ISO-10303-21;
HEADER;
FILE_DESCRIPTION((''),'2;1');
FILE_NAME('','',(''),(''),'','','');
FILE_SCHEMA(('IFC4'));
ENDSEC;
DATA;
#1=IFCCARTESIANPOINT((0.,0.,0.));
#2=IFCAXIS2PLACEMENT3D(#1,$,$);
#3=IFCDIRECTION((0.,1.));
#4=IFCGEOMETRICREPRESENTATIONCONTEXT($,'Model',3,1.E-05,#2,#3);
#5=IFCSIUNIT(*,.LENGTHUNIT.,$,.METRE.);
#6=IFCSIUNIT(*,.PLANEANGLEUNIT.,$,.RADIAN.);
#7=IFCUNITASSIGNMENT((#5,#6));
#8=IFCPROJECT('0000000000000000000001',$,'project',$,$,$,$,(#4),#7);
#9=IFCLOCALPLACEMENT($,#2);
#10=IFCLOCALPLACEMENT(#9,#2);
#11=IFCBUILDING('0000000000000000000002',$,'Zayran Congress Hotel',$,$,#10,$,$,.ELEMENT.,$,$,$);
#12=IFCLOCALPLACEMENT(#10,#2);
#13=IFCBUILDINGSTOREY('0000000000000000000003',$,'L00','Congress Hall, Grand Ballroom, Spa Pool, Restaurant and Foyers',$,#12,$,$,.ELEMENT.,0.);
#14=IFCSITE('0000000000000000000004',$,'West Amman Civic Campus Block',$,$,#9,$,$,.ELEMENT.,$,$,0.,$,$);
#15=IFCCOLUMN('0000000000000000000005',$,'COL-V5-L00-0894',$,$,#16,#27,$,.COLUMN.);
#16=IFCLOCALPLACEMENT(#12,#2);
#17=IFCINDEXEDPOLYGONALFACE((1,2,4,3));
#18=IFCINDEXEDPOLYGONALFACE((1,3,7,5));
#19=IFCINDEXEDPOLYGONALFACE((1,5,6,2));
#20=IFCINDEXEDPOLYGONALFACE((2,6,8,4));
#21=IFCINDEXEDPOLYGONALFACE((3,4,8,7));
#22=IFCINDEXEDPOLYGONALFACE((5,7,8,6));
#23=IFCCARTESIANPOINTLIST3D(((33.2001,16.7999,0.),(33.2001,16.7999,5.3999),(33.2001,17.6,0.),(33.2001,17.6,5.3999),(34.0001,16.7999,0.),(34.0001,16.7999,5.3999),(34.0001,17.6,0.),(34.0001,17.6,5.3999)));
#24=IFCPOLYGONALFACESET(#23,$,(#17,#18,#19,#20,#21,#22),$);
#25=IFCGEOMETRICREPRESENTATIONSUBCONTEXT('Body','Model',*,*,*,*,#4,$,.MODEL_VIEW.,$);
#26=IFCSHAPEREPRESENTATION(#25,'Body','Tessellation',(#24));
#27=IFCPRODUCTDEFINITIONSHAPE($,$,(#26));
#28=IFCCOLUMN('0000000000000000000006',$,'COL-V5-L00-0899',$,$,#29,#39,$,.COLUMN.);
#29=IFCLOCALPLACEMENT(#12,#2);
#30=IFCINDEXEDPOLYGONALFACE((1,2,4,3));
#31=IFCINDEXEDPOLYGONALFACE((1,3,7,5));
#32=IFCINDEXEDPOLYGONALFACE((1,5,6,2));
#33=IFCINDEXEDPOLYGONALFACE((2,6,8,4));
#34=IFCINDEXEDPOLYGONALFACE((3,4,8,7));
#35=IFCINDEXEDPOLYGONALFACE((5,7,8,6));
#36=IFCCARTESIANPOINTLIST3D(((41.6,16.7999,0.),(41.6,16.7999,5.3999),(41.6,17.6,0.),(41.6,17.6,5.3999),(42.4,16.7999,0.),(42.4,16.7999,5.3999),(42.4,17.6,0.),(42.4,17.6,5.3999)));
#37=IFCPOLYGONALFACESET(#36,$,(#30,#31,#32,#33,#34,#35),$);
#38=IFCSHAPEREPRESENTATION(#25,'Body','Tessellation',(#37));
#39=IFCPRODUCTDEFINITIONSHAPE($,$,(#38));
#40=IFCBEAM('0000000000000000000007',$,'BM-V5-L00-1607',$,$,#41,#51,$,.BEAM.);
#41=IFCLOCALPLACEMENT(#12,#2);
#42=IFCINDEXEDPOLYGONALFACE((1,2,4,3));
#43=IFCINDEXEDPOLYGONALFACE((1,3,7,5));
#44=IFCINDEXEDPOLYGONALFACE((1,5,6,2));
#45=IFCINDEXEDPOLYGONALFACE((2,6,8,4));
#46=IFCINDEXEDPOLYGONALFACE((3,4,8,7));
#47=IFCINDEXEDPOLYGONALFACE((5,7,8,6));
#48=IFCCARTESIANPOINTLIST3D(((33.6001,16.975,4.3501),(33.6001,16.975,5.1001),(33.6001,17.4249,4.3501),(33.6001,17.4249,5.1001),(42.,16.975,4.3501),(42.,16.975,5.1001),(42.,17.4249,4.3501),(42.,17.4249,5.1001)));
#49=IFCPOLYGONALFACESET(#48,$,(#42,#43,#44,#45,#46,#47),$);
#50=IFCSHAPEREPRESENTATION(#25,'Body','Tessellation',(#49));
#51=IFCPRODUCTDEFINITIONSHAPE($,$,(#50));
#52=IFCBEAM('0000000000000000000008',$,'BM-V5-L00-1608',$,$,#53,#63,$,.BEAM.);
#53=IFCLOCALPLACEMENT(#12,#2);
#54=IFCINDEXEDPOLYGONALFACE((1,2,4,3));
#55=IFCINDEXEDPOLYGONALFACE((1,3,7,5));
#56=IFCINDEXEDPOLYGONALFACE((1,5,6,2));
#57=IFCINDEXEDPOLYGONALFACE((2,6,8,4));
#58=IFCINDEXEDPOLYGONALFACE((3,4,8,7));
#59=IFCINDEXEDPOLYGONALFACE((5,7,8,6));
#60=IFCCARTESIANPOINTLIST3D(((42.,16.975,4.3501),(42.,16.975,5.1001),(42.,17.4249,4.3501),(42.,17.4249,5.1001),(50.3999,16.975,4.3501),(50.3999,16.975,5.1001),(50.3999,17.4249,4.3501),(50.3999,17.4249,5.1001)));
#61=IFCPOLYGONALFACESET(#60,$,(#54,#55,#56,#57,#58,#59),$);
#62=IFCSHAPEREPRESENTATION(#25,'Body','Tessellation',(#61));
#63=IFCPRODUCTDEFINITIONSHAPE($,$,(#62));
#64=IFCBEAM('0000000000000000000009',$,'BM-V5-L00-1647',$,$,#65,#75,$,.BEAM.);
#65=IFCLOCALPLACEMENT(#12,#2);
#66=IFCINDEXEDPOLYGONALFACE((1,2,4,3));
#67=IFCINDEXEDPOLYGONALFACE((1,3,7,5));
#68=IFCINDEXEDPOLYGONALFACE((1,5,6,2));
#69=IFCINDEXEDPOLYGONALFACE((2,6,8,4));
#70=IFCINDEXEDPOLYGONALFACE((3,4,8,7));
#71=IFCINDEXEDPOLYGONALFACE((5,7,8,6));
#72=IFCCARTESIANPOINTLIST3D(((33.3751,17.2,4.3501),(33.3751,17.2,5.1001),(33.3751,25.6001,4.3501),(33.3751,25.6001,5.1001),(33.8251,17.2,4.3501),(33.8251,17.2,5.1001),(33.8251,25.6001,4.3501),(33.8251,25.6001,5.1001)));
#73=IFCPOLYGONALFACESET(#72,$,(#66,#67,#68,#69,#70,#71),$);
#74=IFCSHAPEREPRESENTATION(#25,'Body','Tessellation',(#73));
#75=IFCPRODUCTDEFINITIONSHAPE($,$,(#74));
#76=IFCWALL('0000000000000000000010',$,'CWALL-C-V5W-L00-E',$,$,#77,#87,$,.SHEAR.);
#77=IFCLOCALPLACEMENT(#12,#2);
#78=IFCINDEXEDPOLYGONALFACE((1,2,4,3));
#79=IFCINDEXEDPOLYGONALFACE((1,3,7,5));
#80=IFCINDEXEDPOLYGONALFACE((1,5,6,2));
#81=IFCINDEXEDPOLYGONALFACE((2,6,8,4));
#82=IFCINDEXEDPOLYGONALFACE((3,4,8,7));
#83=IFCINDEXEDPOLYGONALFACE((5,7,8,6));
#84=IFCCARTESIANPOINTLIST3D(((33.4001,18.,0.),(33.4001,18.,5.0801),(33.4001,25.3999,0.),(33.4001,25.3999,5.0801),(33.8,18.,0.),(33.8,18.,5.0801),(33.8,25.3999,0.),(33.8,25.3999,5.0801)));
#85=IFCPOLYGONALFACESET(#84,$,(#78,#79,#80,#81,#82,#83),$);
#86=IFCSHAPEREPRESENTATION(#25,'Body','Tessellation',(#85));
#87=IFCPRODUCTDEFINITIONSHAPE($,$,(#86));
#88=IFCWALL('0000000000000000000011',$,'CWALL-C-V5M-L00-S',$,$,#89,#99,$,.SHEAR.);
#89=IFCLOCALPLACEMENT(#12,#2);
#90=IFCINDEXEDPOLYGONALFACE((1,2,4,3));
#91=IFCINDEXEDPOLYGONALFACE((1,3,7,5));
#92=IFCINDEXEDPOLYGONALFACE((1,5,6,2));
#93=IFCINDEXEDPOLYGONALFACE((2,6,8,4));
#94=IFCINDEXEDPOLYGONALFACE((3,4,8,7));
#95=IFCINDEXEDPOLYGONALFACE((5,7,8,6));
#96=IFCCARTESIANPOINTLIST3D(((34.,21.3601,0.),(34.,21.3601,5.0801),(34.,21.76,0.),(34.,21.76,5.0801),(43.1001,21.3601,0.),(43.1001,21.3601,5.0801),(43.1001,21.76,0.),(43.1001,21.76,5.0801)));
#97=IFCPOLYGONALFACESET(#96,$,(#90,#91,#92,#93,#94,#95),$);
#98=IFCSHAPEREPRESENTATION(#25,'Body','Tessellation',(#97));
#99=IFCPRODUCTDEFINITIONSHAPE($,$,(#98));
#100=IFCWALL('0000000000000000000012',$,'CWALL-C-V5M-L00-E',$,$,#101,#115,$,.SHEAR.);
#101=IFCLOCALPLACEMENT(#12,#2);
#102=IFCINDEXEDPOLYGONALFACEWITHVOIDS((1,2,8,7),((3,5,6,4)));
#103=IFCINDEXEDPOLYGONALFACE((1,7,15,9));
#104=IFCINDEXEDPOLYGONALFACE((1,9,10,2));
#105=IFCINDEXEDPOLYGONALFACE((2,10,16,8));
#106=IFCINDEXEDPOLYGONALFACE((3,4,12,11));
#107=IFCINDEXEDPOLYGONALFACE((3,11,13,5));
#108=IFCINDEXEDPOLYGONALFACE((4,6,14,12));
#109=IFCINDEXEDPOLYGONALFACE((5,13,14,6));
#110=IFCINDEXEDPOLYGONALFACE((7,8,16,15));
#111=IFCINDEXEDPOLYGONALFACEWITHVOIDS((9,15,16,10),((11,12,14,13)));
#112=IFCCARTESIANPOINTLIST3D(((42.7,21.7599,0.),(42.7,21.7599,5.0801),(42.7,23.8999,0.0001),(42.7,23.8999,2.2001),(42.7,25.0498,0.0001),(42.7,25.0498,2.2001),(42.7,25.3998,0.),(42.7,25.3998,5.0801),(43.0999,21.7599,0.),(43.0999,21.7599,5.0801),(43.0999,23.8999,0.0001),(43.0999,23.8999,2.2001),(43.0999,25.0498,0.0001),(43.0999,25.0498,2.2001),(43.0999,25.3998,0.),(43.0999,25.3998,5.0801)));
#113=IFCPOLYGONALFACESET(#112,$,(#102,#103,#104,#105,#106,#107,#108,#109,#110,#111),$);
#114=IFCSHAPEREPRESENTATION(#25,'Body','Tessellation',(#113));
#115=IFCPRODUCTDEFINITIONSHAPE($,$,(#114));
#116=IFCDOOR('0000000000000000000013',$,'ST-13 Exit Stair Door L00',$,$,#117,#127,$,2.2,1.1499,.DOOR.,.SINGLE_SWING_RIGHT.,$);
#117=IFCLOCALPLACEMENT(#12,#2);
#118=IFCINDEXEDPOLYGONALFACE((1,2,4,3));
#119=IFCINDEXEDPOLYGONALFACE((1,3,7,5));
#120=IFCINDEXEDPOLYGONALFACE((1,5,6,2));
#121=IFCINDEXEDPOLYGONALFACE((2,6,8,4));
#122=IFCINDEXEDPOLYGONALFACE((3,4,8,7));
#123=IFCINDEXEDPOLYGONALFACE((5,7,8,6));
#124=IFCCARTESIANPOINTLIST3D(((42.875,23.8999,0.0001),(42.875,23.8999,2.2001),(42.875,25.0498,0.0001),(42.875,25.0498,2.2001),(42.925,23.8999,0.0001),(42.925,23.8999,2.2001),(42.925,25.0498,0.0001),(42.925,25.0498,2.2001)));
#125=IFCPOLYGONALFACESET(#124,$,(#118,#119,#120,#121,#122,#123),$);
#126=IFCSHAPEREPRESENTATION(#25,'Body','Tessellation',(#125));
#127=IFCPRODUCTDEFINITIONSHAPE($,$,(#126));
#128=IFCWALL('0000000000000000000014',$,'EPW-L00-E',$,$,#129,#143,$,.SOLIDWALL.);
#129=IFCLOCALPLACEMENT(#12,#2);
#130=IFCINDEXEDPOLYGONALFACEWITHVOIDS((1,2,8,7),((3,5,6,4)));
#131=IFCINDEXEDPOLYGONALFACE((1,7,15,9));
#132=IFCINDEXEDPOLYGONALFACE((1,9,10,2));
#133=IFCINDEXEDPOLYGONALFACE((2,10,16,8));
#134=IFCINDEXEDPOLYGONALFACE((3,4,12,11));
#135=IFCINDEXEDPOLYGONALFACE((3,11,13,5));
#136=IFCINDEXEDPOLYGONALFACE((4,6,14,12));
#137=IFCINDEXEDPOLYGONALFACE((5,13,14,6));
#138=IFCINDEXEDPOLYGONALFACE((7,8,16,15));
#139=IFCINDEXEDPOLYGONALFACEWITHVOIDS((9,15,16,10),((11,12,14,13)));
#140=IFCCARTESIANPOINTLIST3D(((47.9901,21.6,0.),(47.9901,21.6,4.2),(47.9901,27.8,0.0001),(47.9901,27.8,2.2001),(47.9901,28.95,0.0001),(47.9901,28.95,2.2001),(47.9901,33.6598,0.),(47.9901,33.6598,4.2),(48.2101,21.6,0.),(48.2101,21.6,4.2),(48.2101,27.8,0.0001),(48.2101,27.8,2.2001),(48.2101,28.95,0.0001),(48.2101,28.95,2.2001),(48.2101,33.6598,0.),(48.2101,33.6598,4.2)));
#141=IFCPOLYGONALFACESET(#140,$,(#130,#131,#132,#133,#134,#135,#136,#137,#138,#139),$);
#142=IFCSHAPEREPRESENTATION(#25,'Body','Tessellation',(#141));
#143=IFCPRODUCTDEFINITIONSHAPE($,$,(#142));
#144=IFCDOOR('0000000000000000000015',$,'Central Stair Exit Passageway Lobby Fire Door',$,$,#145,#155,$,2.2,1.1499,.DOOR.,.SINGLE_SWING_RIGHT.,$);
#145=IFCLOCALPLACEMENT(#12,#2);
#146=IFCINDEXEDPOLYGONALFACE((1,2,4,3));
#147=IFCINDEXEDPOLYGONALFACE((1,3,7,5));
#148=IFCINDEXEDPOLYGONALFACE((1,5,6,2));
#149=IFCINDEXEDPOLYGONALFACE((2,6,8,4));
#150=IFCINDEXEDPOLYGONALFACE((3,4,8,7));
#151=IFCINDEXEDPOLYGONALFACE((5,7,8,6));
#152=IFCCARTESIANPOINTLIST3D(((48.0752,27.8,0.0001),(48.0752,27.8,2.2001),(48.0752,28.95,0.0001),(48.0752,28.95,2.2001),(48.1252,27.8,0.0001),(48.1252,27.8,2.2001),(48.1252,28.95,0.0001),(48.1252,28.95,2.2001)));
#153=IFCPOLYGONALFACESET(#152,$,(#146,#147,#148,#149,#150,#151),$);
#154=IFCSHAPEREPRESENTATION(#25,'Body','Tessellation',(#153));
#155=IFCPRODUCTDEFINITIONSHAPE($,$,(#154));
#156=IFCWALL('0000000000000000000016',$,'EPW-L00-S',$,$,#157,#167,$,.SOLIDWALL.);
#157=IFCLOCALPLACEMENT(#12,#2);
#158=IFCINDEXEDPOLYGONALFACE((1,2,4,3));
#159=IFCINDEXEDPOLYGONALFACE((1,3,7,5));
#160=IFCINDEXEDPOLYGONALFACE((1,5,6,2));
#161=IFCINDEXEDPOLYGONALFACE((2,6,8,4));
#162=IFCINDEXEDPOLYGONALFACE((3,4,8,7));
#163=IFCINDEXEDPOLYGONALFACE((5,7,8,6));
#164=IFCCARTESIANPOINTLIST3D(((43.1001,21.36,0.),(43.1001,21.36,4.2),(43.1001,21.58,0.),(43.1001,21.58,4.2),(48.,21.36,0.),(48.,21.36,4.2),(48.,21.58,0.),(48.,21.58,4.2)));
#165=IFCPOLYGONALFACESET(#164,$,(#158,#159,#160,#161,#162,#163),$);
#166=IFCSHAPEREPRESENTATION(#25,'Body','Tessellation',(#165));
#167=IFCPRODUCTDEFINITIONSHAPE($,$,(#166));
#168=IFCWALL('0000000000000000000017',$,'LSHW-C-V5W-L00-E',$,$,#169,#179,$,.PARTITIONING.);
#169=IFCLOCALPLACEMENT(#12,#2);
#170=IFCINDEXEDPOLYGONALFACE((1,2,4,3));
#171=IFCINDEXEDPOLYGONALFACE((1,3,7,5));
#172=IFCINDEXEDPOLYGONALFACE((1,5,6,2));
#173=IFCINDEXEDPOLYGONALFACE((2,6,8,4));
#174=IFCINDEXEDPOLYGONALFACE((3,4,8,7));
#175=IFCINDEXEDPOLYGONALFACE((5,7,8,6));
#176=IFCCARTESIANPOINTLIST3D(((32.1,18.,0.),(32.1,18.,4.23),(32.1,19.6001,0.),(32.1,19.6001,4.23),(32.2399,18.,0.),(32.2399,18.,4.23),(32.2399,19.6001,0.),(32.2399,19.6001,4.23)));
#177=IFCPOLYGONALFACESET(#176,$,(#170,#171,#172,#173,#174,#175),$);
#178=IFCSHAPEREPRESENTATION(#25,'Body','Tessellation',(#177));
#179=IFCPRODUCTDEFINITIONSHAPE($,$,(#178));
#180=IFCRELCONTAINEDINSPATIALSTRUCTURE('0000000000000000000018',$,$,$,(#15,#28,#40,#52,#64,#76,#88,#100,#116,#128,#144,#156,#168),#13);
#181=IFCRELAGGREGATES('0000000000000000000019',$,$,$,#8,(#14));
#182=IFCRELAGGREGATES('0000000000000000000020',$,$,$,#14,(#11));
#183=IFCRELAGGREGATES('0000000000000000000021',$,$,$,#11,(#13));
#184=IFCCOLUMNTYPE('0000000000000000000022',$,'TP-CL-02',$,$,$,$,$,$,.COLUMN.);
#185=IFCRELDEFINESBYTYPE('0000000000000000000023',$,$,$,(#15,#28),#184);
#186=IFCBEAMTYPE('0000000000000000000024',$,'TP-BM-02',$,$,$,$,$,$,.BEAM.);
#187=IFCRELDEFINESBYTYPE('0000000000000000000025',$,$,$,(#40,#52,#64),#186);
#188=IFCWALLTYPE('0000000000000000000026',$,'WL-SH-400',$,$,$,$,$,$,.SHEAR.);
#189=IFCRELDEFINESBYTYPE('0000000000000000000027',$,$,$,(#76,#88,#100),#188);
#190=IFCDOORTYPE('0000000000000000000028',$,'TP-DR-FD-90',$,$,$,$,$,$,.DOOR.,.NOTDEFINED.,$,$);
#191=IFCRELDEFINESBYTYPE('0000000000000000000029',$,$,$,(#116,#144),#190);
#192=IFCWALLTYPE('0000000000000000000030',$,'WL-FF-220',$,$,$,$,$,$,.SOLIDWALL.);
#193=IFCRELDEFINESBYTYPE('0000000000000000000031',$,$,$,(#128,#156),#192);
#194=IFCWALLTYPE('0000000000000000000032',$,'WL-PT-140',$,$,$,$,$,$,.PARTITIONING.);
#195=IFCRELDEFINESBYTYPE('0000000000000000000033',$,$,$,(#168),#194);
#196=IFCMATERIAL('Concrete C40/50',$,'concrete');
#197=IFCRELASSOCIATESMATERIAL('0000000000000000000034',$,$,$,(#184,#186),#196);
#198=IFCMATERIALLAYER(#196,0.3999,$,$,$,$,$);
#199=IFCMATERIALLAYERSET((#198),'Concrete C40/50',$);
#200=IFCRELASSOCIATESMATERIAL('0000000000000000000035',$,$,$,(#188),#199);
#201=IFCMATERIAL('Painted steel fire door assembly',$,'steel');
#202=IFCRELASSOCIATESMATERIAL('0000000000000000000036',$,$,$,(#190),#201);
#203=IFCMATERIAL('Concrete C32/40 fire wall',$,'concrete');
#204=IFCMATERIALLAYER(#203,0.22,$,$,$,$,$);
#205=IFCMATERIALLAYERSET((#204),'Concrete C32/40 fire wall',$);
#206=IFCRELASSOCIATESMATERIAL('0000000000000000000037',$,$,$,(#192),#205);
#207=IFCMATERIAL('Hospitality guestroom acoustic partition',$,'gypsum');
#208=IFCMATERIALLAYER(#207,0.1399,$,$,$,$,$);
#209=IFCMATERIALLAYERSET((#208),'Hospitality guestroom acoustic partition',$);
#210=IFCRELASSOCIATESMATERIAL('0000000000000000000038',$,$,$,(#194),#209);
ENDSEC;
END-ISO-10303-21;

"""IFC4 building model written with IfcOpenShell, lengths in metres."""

from ifc_helpers import new_model, si_unit, direction, frame, frame_2d, origin, origin_2d, place, context, subcontext, project, spatial, rectangle, extrude, material, layer, layer_set, material_profile, profile_set, type_object, element, fill, save


model = new_model("IFC4")

# Units and contexts
model_context = context("Model", 3, precision=1e-05, world=origin(), true_north=direction((0.0, 1.0)))
body_context = subcontext(model_context, "Body", "Model", "MODEL_VIEW")
ifc_project = project(units=[si_unit("LENGTHUNIT", "METRE"), si_unit("PLANEANGLEUNIT", "RADIAN")], contexts=[model_context])

# Site, building, storey
site_placement = place(None, origin())
site = spatial("IfcSite", under=ifc_project, at=site_placement, Name="West Amman Civic Campus Block", CompositionType="ELEMENT", RefElevation=0.0)
building_placement = place(site_placement, origin())
building = spatial("IfcBuilding", under=site, at=building_placement, Name="Zayran Congress Hotel", CompositionType="ELEMENT")
storey_placement = place(building_placement, origin())
storey = spatial("IfcBuildingStorey", under=building, at=storey_placement, Name="L00", Description="Congress Hall, Grand Ballroom, Spa Pool, Restaurant and Foyers", CompositionType="ELEMENT", Elevation=0.0)

# Columns
ifc_material_1 = material(Name="Concrete C40/50", Category="concrete")
ifc_material_profile_1 = material_profile(ifc_material_1, rectangle(XDim=0.8, YDim=0.8, at=origin_2d()), Name="RC 800x800")
ifc_profile_set_1 = profile_set([ifc_material_profile_1], Name="Concrete C40/50")
column_type = type_object("IfcColumnType", Name="TP-CL-02", PredefinedType="COLUMN", material=ifc_profile_set_1)
for number, where, z_axis, x_axis, name in (
    (1, (33.6001, 17.2, 0.0), (0.0, 0.0, 1.0), (1.0, 0.0, 0.0), "COL-V5-L00-0894"),
    (2, (42.0, 17.2, 0.0), (0.0, 0.0, 1.0), (1.0, 0.0, 0.0), "COL-V5-L00-0899"),
):
    element("IfcColumn", number, at=place(storey_placement, frame(where, z_axis=z_axis, x_axis=x_axis)), inside=storey, type_object=column_type, Name=name, PredefinedType="COLUMN", context=body_context, shape_type="SweptSolid", body=[
        extrude(rectangle(XDim=0.8, YDim=0.8, at=origin_2d()), origin(), (0.0, 0.0, 1.0), 5.3999),
    ])

# Beams
ifc_material_profile_2 = material_profile(ifc_material_1, rectangle(XDim=0.45, YDim=0.75, at=origin_2d()), Name="RC 450x750")
ifc_profile_set_2 = profile_set([ifc_material_profile_2], Name="Concrete C40/50")
beam_type = type_object("IfcBeamType", Name="TP-BM-02", PredefinedType="BEAM", material=ifc_profile_set_2)
for number, where, z_axis, x_axis, name in (
    (3, (33.6001, 17.2, 4.7251), (1.0, 0.0, 0.0), (0.0, 1.0, 0.0), "BM-V5-L00-1607"),
    (4, (42.0, 17.2, 4.7251), (1.0, 0.0, 0.0), (0.0, 1.0, 0.0), "BM-V5-L00-1608"),
):
    element("IfcBeam", number, at=place(storey_placement, frame(where, z_axis=z_axis, x_axis=x_axis)), inside=storey, type_object=beam_type, Name=name, PredefinedType="BEAM", context=body_context, shape_type="SweptSolid", body=[
        extrude(rectangle(XDim=0.45, YDim=0.75, at=origin_2d()), origin(), (0.0, 0.0, 1.0), 8.3999),
    ])
beam_placement = place(storey_placement, frame((33.6001, 17.2, 4.7251), z_axis=(0.0, 1.0, 0.0), x_axis=(-1.0, 0.0, 0.0)))
element("IfcBeam", 5, at=beam_placement, inside=storey, type_object=beam_type, Name="BM-V5-L00-1647", PredefinedType="BEAM", context=body_context, shape_type="SweptSolid", body=[
    extrude(rectangle(XDim=0.45, YDim=0.75, at=origin_2d()), origin(), (0.0, 0.0, 1.0), 8.4001),
])

# Walls
ifc_layer_1 = layer(ifc_material_1, 0.3999)
ifc_layer_set_1 = layer_set([ifc_layer_1], Name="Concrete C40/50")
wall_type_1 = type_object("IfcWallType", Name="WL-SH-400", PredefinedType="SHEAR", material=ifc_layer_set_1)
wall_1_placement = place(storey_placement, frame((33.6001, 18.0, 0.0), z_axis=(0.0, 0.0, 1.0), x_axis=(0.0, 1.0, 0.0)))
element("IfcWall", 6, at=wall_1_placement, inside=storey, type_object=wall_type_1, Name="CWALL-C-V5W-L00-E", PredefinedType="SHEAR", context=body_context, shape_type="SweptSolid", body=[
    extrude(rectangle(XDim=7.3999, YDim=0.3999, at=frame_2d((3.7, 0.0))), origin(), (0.0, 0.0, 1.0), 5.0801),
])
wall_2_placement = place(storey_placement, frame((34.0, 21.5601, 0.0), z_axis=(0.0, 0.0, 1.0), x_axis=(1.0, 0.0, 0.0)))
element("IfcWall", 7, at=wall_2_placement, inside=storey, type_object=wall_type_1, Name="CWALL-C-V5M-L00-S", PredefinedType="SHEAR", context=body_context, shape_type="SweptSolid", body=[
    extrude(rectangle(XDim=9.1001, YDim=0.3999, at=frame_2d((4.55, 0.0))), origin(), (0.0, 0.0, 1.0), 5.0801),
])

# Walls, openings, doors
wall_3_placement = place(storey_placement, frame((42.8999, 21.76, 0.0), z_axis=(0.0, 0.0, 1.0), x_axis=(0.0, 1.0, 0.0)))
wall_3 = element("IfcWall", 8, at=wall_3_placement, inside=storey, type_object=wall_type_1, Name="CWALL-C-V5M-L00-E", PredefinedType="SHEAR", context=body_context, shape_type="SweptSolid", body=[
    extrude(rectangle(XDim=3.6399, YDim=0.3999, at=frame_2d((1.8198, 0.0))), origin(), (0.0, 0.0, 1.0), 5.0801),
])
opening_1_placement = place(wall_3_placement, frame((2.1399, 0.0, 0.0)))
opening_1 = element("IfcOpeningElement", 9, at=opening_1_placement, cuts=wall_3, PredefinedType="OPENING", context=body_context, shape_type="SweptSolid", body=[
    extrude(rectangle(XDim=1.1499, YDim=2.2, at=frame_2d((0.575, 1.1001))), frame((0.0, 0.21, 0.0), z_axis=(0.0, -1.0, 0.0), x_axis=(1.0, 0.0, 0.0)), (0.0, 0.0, 1.0), 0.4199),
])
ifc_material_2 = material(Name="Painted steel fire door assembly", Category="steel")
door_type = type_object("IfcDoorType", Name="TP-DR-FD-90", OperationType="NOTDEFINED", PredefinedType="DOOR", material=ifc_material_2)
door_1_placement = place(opening_1_placement, origin())
door_1 = element("IfcDoor", 10, at=door_1_placement, inside=storey, type_object=door_type, Name="ST-13 Exit Stair Door L00", OperationType="SINGLE_SWING_RIGHT", OverallHeight=2.2, OverallWidth=1.1499, PredefinedType="DOOR", context=body_context, shape_type="SweptSolid", body=[
    extrude(rectangle(XDim=1.1499, YDim=2.2, at=frame_2d((0.575, 1.1001))), frame((0.0, 0.0249, 0.0), z_axis=(0.0, -1.0, 0.0), x_axis=(1.0, 0.0, 0.0)), (0.0, 0.0, 1.0), 0.05),
])
fill(opening_1, door_1)
ifc_material_3 = material(Name="Concrete C32/40 fire wall", Category="concrete")
ifc_layer_2 = layer(ifc_material_3, 0.22)
ifc_layer_set_2 = layer_set([ifc_layer_2], Name="Concrete C32/40 fire wall")
wall_type_2 = type_object("IfcWallType", Name="WL-FF-220", PredefinedType="SOLIDWALL", material=ifc_layer_set_2)
wall_4_placement = place(storey_placement, frame((48.1001, 21.6001, 0.0), z_axis=(0.0, 0.0, 1.0), x_axis=(0.0, 1.0, 0.0)))
wall_4 = element("IfcWall", 11, at=wall_4_placement, inside=storey, type_object=wall_type_2, Name="EPW-L00-E", PredefinedType="SOLIDWALL", context=body_context, shape_type="SweptSolid", body=[
    extrude(rectangle(XDim=12.0598, YDim=0.22, at=frame_2d((6.0298, 0.0))), origin(), (0.0, 0.0, 1.0), 4.2),
])
opening_2_placement = place(wall_4_placement, frame((6.2, 0.0, 0.0)))
opening_2 = element("IfcOpeningElement", 12, at=opening_2_placement, cuts=wall_4, PredefinedType="OPENING", context=body_context, shape_type="SweptSolid", body=[
    extrude(rectangle(XDim=1.1499, YDim=2.2, at=frame_2d((0.575, 1.1001))), frame((0.0, 0.1199, 0.0), z_axis=(0.0, -1.0, 0.0), x_axis=(1.0, 0.0, 0.0)), (0.0, 0.0, 1.0), 0.24),
])
door_2_placement = place(opening_2_placement, origin())
door_2 = element("IfcDoor", 13, at=door_2_placement, inside=storey, type_object=door_type, Name="Central Stair Exit Passageway Lobby Fire Door", OperationType="SINGLE_SWING_RIGHT", OverallHeight=2.2, OverallWidth=1.1499, PredefinedType="DOOR", context=body_context, shape_type="SweptSolid", body=[
    extrude(rectangle(XDim=1.1499, YDim=2.2, at=frame_2d((0.575, 1.1001))), frame((0.0, 0.0249, 0.0), z_axis=(0.0, -1.0, 0.0), x_axis=(1.0, 0.0, 0.0)), (0.0, 0.0, 1.0), 0.05),
])
fill(opening_2, door_2)

# Walls
wall_5_placement = place(storey_placement, frame((43.1001, 21.47, 0.0), z_axis=(0.0, 0.0, 1.0), x_axis=(1.0, 0.0, 0.0)))
element("IfcWall", 14, at=wall_5_placement, inside=storey, type_object=wall_type_2, Name="EPW-L00-S", PredefinedType="SOLIDWALL", context=body_context, shape_type="SweptSolid", body=[
    extrude(rectangle(XDim=4.8999, YDim=0.22, at=frame_2d((2.45, 0.0))), origin(), (0.0, 0.0, 1.0), 4.2),
])
ifc_material_4 = material(Name="Hospitality guestroom acoustic partition", Category="gypsum")
ifc_layer_3 = layer(ifc_material_4, 0.1399)
ifc_layer_set_3 = layer_set([ifc_layer_3], Name="Hospitality guestroom acoustic partition")
wall_type_3 = type_object("IfcWallType", Name="WL-PT-140", PredefinedType="PARTITIONING", material=ifc_layer_set_3)
wall_6_placement = place(storey_placement, frame((32.1699, 18.0, 0.0), z_axis=(0.0, 0.0, 1.0), x_axis=(0.0, 1.0, 0.0)))
element("IfcWall", 15, at=wall_6_placement, inside=storey, type_object=wall_type_3, Name="LSHW-C-V5W-L00-E", PredefinedType="PARTITIONING", context=body_context, shape_type="SweptSolid", body=[
    extrude(rectangle(XDim=1.6001, YDim=0.1399, at=frame_2d((0.8, 0.0))), origin(), (0.0, 0.0, 1.0), 4.23),
])

save(model, "model.ifc")
